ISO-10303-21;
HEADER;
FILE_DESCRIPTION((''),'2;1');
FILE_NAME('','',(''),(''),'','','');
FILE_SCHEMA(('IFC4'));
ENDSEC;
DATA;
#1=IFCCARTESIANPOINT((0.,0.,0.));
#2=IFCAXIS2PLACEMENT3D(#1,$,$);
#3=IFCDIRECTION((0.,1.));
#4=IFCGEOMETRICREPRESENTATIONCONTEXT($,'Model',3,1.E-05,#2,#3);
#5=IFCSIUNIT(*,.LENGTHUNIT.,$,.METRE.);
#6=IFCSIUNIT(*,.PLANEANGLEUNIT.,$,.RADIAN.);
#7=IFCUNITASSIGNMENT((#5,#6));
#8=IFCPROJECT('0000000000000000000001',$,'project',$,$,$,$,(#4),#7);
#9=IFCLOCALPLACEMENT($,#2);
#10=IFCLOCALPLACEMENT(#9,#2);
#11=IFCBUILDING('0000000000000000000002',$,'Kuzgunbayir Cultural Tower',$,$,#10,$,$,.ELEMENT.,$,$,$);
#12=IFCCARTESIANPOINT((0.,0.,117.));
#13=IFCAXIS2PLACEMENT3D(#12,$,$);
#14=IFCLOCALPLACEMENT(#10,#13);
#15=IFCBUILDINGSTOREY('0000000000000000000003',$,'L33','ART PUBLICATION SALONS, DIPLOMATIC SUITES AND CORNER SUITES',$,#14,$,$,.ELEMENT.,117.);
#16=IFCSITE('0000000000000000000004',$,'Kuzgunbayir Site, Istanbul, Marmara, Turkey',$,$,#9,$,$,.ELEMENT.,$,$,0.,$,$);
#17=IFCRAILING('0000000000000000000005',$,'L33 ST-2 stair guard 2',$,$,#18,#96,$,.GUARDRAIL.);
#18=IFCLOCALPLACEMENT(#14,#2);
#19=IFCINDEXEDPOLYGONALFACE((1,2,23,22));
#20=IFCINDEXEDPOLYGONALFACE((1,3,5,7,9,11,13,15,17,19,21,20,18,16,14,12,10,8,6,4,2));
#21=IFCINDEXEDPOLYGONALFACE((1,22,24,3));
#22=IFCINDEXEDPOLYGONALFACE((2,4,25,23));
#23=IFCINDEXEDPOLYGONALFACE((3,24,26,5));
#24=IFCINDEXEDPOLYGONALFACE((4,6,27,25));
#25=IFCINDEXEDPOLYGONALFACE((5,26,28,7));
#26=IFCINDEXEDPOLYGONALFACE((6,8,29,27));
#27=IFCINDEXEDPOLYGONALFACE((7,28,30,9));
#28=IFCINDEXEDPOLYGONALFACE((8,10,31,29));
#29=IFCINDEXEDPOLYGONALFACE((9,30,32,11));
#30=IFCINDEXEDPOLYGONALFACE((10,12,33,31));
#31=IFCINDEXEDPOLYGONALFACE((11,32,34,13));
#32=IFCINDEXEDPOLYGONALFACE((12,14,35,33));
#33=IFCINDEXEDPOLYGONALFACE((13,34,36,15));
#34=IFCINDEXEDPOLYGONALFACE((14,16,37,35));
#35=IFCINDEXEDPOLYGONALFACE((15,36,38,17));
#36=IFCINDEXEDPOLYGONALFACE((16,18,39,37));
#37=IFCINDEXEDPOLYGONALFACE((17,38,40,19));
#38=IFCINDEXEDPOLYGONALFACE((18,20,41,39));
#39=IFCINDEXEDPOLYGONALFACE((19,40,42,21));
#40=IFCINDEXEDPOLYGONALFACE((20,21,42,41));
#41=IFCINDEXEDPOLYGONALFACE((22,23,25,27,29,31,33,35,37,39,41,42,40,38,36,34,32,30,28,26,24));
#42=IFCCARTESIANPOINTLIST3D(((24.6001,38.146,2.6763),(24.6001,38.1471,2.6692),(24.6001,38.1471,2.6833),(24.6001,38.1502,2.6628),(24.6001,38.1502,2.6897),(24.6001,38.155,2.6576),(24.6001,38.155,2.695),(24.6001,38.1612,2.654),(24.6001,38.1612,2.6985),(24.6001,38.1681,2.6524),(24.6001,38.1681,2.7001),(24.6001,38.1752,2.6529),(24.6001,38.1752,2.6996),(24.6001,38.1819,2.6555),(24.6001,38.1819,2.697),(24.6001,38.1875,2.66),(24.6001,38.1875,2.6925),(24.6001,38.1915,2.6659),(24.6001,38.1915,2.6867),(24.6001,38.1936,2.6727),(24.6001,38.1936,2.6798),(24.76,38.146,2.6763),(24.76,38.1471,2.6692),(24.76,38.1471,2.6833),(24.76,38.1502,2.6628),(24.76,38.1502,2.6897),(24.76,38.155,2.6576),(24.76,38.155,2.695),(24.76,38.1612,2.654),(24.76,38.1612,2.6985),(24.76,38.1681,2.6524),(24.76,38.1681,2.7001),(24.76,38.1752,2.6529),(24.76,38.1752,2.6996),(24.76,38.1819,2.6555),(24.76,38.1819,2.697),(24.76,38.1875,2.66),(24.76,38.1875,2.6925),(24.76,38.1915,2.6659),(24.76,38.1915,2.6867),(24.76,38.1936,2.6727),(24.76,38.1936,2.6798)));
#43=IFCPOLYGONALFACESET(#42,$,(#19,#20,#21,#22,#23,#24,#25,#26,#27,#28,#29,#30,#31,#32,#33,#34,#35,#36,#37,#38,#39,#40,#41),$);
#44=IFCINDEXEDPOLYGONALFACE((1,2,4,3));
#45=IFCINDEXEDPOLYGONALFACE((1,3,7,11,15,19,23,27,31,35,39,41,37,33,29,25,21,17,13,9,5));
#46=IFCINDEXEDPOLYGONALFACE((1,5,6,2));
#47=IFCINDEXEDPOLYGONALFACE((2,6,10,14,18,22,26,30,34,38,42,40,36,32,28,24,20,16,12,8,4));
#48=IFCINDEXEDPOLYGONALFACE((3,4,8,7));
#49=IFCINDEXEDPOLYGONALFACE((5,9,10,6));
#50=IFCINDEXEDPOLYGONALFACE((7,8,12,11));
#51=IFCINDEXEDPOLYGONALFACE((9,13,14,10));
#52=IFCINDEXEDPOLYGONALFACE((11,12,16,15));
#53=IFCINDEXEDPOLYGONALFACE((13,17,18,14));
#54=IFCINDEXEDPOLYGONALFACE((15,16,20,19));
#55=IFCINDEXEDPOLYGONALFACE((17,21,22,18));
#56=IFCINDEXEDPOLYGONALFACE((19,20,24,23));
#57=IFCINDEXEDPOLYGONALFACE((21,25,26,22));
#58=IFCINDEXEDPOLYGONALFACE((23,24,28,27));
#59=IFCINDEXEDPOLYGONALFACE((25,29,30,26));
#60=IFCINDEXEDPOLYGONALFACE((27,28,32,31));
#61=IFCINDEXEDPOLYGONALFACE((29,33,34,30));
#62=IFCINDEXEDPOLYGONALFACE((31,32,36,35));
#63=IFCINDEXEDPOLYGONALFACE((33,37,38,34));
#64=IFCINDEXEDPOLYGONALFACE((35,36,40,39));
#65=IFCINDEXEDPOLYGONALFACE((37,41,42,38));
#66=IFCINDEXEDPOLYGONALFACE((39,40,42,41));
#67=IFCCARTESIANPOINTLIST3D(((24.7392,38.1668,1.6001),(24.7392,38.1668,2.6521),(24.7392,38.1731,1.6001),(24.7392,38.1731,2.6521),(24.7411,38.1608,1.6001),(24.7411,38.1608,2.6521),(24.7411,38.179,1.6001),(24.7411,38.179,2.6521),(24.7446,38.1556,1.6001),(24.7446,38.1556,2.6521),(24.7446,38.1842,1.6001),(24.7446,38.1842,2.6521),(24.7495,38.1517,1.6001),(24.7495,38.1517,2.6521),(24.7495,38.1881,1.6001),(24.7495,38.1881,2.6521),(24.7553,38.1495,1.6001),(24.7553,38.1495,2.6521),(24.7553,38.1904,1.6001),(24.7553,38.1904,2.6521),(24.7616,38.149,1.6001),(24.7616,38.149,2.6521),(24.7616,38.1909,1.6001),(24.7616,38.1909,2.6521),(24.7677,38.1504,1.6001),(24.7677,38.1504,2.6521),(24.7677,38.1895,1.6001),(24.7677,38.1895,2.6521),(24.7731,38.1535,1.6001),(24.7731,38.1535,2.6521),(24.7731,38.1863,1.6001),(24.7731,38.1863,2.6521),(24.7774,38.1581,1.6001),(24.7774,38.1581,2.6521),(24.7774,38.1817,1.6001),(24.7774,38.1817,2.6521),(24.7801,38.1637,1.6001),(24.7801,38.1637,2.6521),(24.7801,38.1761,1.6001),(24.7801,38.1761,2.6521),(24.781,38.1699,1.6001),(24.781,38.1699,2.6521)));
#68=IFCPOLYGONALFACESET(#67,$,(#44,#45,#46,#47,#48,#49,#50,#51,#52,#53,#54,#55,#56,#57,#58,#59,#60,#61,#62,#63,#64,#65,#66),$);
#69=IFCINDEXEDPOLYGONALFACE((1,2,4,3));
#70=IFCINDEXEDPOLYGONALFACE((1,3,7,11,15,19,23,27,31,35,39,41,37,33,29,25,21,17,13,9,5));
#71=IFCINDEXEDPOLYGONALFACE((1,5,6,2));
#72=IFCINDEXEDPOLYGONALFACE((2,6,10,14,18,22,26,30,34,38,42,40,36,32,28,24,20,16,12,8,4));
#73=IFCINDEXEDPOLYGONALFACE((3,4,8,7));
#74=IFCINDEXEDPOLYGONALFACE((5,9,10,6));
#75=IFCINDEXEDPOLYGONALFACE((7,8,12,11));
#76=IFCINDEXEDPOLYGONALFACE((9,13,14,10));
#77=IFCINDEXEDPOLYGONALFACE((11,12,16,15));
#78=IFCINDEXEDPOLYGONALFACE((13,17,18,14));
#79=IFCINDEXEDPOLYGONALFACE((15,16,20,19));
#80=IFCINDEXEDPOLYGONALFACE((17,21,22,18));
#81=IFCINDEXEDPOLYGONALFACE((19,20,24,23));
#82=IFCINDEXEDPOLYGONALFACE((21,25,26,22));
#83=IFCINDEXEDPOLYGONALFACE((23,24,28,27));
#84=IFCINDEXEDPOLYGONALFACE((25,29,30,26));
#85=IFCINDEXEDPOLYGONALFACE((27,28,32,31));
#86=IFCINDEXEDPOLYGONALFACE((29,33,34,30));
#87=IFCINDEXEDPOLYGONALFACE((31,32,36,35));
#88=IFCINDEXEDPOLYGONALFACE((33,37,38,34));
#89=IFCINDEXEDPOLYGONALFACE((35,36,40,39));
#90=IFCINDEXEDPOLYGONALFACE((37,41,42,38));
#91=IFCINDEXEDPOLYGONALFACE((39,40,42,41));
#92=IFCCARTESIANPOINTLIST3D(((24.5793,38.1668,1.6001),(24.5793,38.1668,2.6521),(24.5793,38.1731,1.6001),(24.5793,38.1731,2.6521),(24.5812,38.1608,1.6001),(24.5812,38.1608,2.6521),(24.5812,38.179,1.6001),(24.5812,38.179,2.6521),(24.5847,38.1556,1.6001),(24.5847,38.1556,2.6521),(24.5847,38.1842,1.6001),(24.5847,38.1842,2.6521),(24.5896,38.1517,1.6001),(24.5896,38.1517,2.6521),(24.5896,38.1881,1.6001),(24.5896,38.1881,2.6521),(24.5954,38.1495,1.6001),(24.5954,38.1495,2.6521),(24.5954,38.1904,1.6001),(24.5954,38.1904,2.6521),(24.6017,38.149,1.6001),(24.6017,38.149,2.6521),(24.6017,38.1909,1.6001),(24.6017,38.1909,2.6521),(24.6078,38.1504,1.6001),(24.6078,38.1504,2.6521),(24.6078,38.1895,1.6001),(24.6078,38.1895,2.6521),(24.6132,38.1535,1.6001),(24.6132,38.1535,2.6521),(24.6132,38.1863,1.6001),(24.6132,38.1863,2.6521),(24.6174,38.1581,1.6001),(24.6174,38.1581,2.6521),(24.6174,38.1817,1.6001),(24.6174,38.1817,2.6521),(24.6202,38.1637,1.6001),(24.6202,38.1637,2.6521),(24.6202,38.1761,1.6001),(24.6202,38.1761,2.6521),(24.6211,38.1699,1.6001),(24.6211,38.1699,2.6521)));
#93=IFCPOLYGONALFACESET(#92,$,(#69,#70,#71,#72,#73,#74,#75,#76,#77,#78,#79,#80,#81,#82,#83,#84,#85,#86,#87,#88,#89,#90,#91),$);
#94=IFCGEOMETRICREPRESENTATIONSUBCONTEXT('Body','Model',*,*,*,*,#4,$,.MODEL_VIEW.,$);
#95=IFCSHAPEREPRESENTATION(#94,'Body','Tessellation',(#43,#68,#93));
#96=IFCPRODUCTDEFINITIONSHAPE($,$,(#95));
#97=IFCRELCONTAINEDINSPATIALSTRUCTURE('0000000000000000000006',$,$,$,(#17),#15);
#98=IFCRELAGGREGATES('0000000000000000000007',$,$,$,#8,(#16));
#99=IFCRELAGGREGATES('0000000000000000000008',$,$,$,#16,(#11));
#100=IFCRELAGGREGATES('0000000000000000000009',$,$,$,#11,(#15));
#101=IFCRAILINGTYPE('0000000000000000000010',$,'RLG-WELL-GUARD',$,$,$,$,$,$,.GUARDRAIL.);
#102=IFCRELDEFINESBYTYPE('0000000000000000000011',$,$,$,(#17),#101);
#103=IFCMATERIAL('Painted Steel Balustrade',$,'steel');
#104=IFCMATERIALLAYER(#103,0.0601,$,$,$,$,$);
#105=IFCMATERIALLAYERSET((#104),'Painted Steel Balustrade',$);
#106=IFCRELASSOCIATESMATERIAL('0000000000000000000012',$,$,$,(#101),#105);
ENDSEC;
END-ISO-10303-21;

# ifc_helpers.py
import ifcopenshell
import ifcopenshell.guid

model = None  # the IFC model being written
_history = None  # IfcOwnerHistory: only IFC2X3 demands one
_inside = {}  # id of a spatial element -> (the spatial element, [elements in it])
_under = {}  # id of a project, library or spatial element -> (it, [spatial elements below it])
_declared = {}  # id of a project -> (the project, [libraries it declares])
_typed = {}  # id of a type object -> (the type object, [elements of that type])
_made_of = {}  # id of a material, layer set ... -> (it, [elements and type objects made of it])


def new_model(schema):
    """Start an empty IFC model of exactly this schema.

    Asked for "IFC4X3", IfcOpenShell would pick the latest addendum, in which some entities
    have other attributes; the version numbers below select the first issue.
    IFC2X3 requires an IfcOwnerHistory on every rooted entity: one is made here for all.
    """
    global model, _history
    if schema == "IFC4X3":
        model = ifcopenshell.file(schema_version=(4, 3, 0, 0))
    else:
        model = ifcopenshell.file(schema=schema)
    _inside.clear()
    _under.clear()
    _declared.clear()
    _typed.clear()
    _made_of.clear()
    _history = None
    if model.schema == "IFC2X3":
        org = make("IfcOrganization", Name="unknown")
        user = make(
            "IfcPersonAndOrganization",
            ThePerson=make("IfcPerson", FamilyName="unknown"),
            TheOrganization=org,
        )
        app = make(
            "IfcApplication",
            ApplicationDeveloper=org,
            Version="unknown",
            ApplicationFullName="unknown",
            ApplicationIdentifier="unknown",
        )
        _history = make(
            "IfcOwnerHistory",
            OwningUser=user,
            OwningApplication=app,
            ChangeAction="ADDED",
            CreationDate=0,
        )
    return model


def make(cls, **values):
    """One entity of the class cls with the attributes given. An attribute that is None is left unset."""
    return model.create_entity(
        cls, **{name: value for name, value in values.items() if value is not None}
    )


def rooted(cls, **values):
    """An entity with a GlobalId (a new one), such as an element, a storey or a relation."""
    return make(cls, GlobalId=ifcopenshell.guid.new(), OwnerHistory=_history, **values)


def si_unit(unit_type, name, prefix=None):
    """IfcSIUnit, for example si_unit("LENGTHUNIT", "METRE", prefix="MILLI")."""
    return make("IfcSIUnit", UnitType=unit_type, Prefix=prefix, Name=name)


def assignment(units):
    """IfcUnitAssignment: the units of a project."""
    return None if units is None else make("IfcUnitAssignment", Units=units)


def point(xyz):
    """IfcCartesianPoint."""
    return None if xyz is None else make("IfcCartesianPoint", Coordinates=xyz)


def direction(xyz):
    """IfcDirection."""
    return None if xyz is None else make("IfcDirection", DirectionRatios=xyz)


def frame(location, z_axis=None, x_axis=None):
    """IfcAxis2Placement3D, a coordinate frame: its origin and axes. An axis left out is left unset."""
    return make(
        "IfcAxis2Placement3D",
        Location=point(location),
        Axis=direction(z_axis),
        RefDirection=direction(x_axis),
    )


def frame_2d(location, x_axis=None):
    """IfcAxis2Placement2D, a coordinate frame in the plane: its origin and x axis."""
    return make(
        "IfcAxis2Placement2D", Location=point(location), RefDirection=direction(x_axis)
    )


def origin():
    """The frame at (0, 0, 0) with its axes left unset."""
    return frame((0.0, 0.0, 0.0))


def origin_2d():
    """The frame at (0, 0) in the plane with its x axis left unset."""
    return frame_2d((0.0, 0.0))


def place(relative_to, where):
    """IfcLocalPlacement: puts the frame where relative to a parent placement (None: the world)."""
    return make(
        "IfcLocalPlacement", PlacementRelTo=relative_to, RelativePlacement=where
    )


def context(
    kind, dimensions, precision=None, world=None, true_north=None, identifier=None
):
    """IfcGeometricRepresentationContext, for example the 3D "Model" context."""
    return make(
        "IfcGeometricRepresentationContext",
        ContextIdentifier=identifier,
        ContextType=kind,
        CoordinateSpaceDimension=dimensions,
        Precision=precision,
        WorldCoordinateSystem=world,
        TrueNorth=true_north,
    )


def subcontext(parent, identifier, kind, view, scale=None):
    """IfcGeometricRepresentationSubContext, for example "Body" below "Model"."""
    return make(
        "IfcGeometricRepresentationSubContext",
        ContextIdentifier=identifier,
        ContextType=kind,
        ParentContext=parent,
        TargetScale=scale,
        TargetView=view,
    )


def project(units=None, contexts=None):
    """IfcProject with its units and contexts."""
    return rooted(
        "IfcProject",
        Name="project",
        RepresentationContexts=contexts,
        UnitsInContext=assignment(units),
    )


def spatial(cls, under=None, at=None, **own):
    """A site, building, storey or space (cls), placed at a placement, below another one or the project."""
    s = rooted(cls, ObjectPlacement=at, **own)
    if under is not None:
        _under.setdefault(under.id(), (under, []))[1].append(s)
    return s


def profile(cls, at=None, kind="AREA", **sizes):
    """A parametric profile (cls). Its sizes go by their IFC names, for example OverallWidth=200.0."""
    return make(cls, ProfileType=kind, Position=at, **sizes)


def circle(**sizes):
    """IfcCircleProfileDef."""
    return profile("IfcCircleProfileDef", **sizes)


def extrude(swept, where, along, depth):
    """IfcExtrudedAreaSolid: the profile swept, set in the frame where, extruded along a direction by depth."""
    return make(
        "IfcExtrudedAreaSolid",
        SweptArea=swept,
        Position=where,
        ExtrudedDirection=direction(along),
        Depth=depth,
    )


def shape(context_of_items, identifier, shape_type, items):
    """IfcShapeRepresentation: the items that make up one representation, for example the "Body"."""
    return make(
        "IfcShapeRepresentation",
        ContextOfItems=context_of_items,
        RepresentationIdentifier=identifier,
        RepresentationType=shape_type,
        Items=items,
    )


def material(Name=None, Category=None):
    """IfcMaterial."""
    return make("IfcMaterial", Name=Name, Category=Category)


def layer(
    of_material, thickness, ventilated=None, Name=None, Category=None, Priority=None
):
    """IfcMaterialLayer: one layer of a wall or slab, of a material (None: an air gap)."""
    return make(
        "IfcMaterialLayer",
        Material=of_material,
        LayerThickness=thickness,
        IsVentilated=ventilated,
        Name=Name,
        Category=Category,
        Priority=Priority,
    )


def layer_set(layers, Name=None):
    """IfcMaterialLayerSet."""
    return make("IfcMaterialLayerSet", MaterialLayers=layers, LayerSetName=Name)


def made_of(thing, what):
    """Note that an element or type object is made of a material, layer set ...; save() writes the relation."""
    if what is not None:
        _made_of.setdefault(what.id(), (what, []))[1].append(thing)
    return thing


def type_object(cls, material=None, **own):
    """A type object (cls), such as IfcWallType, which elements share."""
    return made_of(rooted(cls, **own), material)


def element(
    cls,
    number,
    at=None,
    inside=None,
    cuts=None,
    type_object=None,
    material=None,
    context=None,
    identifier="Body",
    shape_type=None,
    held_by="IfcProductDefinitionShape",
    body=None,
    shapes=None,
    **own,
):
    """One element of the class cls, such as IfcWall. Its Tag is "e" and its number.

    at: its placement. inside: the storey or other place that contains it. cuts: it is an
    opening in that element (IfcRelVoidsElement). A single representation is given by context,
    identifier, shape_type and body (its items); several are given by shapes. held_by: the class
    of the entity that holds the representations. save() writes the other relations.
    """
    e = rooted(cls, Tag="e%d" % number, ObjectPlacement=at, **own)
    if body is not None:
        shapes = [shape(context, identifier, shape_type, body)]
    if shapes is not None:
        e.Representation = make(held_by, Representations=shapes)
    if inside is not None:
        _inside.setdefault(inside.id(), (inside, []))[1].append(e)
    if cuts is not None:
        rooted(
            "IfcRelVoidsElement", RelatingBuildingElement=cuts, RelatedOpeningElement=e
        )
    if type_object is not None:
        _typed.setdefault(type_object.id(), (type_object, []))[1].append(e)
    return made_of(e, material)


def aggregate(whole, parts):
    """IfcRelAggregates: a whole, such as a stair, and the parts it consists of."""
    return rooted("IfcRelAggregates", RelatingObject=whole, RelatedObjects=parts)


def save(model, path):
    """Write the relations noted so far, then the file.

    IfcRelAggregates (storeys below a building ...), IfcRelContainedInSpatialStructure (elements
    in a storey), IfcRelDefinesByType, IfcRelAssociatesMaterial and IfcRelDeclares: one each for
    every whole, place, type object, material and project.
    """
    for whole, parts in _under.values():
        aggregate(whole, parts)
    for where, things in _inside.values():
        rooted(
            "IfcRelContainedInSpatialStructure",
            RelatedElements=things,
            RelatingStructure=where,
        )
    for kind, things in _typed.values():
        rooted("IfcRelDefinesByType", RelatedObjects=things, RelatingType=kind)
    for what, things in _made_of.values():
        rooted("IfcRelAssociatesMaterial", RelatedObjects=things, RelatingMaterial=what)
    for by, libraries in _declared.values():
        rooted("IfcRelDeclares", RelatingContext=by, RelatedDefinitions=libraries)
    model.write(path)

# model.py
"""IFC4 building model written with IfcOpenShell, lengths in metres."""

from ifc_helpers import new_model, si_unit, direction, frame, origin, origin_2d, place, context, subcontext, project, spatial, circle, extrude, material, layer, layer_set, type_object, element, save


model = new_model("IFC4")

# Units and contexts
model_context = context("Model", 3, precision=1e-05, world=origin(), true_north=direction((0.0, 1.0)))
body_context = subcontext(model_context, "Body", "Model", "MODEL_VIEW")
ifc_project = project(units=[si_unit("LENGTHUNIT", "METRE"), si_unit("PLANEANGLEUNIT", "RADIAN")], contexts=[model_context])

# Site, building, storey
site_placement = place(None, origin())
site = spatial("IfcSite", under=ifc_project, at=site_placement, Name="Kuzgunbayir Site, Istanbul, Marmara, Turkey", CompositionType="ELEMENT", RefElevation=0.0)
building_placement = place(site_placement, origin())
building = spatial("IfcBuilding", under=site, at=building_placement, Name="Kuzgunbayir Cultural Tower", CompositionType="ELEMENT")
storey_placement = place(building_placement, frame((0.0, 0.0, 117.0)))
storey = spatial("IfcBuildingStorey", under=building, at=storey_placement, Name="L33", Description="ART PUBLICATION SALONS, DIPLOMATIC SUITES AND CORNER SUITES", CompositionType="ELEMENT", Elevation=117.0)

# Railing
ifc_material_1 = material(Name="Painted Steel Balustrade", Category="steel")
ifc_layer_1 = layer(ifc_material_1, 0.0601)
ifc_layer_set_1 = layer_set([ifc_layer_1], Name="Painted Steel Balustrade")
railing_type_1 = type_object("IfcRailingType", Name="RLG-WELL-GUARD", PredefinedType="GUARDRAIL", material=ifc_layer_set_1)
railing_1_placement = place(storey_placement, frame((24.76, 38.1699, 1.6001)))
element("IfcRailing", 1, at=railing_1_placement, inside=storey, type_object=railing_type_1, Name="L33 ST-2 stair guard 2", PredefinedType="GUARDRAIL", context=body_context, shape_type="SweptSolid", body=[
    extrude(circle(Radius=0.0239, at=origin_2d()), frame((0.0, 0.0, 1.0762), z_axis=(-1.0, 0.0, 0.0), x_axis=(0.0, -1.0, 0.0)), (0.0, 0.0, 1.0), 0.1599),
    extrude(circle(Radius=0.021, at=origin_2d()), origin(), (0.0, 0.0, 1.0), 1.052),
    extrude(circle(Radius=0.021, at=origin_2d()), frame((-0.1599, 0.0, 0.0)), (0.0, 0.0, 1.0), 1.052),
])

save(model, "model.ifc")
